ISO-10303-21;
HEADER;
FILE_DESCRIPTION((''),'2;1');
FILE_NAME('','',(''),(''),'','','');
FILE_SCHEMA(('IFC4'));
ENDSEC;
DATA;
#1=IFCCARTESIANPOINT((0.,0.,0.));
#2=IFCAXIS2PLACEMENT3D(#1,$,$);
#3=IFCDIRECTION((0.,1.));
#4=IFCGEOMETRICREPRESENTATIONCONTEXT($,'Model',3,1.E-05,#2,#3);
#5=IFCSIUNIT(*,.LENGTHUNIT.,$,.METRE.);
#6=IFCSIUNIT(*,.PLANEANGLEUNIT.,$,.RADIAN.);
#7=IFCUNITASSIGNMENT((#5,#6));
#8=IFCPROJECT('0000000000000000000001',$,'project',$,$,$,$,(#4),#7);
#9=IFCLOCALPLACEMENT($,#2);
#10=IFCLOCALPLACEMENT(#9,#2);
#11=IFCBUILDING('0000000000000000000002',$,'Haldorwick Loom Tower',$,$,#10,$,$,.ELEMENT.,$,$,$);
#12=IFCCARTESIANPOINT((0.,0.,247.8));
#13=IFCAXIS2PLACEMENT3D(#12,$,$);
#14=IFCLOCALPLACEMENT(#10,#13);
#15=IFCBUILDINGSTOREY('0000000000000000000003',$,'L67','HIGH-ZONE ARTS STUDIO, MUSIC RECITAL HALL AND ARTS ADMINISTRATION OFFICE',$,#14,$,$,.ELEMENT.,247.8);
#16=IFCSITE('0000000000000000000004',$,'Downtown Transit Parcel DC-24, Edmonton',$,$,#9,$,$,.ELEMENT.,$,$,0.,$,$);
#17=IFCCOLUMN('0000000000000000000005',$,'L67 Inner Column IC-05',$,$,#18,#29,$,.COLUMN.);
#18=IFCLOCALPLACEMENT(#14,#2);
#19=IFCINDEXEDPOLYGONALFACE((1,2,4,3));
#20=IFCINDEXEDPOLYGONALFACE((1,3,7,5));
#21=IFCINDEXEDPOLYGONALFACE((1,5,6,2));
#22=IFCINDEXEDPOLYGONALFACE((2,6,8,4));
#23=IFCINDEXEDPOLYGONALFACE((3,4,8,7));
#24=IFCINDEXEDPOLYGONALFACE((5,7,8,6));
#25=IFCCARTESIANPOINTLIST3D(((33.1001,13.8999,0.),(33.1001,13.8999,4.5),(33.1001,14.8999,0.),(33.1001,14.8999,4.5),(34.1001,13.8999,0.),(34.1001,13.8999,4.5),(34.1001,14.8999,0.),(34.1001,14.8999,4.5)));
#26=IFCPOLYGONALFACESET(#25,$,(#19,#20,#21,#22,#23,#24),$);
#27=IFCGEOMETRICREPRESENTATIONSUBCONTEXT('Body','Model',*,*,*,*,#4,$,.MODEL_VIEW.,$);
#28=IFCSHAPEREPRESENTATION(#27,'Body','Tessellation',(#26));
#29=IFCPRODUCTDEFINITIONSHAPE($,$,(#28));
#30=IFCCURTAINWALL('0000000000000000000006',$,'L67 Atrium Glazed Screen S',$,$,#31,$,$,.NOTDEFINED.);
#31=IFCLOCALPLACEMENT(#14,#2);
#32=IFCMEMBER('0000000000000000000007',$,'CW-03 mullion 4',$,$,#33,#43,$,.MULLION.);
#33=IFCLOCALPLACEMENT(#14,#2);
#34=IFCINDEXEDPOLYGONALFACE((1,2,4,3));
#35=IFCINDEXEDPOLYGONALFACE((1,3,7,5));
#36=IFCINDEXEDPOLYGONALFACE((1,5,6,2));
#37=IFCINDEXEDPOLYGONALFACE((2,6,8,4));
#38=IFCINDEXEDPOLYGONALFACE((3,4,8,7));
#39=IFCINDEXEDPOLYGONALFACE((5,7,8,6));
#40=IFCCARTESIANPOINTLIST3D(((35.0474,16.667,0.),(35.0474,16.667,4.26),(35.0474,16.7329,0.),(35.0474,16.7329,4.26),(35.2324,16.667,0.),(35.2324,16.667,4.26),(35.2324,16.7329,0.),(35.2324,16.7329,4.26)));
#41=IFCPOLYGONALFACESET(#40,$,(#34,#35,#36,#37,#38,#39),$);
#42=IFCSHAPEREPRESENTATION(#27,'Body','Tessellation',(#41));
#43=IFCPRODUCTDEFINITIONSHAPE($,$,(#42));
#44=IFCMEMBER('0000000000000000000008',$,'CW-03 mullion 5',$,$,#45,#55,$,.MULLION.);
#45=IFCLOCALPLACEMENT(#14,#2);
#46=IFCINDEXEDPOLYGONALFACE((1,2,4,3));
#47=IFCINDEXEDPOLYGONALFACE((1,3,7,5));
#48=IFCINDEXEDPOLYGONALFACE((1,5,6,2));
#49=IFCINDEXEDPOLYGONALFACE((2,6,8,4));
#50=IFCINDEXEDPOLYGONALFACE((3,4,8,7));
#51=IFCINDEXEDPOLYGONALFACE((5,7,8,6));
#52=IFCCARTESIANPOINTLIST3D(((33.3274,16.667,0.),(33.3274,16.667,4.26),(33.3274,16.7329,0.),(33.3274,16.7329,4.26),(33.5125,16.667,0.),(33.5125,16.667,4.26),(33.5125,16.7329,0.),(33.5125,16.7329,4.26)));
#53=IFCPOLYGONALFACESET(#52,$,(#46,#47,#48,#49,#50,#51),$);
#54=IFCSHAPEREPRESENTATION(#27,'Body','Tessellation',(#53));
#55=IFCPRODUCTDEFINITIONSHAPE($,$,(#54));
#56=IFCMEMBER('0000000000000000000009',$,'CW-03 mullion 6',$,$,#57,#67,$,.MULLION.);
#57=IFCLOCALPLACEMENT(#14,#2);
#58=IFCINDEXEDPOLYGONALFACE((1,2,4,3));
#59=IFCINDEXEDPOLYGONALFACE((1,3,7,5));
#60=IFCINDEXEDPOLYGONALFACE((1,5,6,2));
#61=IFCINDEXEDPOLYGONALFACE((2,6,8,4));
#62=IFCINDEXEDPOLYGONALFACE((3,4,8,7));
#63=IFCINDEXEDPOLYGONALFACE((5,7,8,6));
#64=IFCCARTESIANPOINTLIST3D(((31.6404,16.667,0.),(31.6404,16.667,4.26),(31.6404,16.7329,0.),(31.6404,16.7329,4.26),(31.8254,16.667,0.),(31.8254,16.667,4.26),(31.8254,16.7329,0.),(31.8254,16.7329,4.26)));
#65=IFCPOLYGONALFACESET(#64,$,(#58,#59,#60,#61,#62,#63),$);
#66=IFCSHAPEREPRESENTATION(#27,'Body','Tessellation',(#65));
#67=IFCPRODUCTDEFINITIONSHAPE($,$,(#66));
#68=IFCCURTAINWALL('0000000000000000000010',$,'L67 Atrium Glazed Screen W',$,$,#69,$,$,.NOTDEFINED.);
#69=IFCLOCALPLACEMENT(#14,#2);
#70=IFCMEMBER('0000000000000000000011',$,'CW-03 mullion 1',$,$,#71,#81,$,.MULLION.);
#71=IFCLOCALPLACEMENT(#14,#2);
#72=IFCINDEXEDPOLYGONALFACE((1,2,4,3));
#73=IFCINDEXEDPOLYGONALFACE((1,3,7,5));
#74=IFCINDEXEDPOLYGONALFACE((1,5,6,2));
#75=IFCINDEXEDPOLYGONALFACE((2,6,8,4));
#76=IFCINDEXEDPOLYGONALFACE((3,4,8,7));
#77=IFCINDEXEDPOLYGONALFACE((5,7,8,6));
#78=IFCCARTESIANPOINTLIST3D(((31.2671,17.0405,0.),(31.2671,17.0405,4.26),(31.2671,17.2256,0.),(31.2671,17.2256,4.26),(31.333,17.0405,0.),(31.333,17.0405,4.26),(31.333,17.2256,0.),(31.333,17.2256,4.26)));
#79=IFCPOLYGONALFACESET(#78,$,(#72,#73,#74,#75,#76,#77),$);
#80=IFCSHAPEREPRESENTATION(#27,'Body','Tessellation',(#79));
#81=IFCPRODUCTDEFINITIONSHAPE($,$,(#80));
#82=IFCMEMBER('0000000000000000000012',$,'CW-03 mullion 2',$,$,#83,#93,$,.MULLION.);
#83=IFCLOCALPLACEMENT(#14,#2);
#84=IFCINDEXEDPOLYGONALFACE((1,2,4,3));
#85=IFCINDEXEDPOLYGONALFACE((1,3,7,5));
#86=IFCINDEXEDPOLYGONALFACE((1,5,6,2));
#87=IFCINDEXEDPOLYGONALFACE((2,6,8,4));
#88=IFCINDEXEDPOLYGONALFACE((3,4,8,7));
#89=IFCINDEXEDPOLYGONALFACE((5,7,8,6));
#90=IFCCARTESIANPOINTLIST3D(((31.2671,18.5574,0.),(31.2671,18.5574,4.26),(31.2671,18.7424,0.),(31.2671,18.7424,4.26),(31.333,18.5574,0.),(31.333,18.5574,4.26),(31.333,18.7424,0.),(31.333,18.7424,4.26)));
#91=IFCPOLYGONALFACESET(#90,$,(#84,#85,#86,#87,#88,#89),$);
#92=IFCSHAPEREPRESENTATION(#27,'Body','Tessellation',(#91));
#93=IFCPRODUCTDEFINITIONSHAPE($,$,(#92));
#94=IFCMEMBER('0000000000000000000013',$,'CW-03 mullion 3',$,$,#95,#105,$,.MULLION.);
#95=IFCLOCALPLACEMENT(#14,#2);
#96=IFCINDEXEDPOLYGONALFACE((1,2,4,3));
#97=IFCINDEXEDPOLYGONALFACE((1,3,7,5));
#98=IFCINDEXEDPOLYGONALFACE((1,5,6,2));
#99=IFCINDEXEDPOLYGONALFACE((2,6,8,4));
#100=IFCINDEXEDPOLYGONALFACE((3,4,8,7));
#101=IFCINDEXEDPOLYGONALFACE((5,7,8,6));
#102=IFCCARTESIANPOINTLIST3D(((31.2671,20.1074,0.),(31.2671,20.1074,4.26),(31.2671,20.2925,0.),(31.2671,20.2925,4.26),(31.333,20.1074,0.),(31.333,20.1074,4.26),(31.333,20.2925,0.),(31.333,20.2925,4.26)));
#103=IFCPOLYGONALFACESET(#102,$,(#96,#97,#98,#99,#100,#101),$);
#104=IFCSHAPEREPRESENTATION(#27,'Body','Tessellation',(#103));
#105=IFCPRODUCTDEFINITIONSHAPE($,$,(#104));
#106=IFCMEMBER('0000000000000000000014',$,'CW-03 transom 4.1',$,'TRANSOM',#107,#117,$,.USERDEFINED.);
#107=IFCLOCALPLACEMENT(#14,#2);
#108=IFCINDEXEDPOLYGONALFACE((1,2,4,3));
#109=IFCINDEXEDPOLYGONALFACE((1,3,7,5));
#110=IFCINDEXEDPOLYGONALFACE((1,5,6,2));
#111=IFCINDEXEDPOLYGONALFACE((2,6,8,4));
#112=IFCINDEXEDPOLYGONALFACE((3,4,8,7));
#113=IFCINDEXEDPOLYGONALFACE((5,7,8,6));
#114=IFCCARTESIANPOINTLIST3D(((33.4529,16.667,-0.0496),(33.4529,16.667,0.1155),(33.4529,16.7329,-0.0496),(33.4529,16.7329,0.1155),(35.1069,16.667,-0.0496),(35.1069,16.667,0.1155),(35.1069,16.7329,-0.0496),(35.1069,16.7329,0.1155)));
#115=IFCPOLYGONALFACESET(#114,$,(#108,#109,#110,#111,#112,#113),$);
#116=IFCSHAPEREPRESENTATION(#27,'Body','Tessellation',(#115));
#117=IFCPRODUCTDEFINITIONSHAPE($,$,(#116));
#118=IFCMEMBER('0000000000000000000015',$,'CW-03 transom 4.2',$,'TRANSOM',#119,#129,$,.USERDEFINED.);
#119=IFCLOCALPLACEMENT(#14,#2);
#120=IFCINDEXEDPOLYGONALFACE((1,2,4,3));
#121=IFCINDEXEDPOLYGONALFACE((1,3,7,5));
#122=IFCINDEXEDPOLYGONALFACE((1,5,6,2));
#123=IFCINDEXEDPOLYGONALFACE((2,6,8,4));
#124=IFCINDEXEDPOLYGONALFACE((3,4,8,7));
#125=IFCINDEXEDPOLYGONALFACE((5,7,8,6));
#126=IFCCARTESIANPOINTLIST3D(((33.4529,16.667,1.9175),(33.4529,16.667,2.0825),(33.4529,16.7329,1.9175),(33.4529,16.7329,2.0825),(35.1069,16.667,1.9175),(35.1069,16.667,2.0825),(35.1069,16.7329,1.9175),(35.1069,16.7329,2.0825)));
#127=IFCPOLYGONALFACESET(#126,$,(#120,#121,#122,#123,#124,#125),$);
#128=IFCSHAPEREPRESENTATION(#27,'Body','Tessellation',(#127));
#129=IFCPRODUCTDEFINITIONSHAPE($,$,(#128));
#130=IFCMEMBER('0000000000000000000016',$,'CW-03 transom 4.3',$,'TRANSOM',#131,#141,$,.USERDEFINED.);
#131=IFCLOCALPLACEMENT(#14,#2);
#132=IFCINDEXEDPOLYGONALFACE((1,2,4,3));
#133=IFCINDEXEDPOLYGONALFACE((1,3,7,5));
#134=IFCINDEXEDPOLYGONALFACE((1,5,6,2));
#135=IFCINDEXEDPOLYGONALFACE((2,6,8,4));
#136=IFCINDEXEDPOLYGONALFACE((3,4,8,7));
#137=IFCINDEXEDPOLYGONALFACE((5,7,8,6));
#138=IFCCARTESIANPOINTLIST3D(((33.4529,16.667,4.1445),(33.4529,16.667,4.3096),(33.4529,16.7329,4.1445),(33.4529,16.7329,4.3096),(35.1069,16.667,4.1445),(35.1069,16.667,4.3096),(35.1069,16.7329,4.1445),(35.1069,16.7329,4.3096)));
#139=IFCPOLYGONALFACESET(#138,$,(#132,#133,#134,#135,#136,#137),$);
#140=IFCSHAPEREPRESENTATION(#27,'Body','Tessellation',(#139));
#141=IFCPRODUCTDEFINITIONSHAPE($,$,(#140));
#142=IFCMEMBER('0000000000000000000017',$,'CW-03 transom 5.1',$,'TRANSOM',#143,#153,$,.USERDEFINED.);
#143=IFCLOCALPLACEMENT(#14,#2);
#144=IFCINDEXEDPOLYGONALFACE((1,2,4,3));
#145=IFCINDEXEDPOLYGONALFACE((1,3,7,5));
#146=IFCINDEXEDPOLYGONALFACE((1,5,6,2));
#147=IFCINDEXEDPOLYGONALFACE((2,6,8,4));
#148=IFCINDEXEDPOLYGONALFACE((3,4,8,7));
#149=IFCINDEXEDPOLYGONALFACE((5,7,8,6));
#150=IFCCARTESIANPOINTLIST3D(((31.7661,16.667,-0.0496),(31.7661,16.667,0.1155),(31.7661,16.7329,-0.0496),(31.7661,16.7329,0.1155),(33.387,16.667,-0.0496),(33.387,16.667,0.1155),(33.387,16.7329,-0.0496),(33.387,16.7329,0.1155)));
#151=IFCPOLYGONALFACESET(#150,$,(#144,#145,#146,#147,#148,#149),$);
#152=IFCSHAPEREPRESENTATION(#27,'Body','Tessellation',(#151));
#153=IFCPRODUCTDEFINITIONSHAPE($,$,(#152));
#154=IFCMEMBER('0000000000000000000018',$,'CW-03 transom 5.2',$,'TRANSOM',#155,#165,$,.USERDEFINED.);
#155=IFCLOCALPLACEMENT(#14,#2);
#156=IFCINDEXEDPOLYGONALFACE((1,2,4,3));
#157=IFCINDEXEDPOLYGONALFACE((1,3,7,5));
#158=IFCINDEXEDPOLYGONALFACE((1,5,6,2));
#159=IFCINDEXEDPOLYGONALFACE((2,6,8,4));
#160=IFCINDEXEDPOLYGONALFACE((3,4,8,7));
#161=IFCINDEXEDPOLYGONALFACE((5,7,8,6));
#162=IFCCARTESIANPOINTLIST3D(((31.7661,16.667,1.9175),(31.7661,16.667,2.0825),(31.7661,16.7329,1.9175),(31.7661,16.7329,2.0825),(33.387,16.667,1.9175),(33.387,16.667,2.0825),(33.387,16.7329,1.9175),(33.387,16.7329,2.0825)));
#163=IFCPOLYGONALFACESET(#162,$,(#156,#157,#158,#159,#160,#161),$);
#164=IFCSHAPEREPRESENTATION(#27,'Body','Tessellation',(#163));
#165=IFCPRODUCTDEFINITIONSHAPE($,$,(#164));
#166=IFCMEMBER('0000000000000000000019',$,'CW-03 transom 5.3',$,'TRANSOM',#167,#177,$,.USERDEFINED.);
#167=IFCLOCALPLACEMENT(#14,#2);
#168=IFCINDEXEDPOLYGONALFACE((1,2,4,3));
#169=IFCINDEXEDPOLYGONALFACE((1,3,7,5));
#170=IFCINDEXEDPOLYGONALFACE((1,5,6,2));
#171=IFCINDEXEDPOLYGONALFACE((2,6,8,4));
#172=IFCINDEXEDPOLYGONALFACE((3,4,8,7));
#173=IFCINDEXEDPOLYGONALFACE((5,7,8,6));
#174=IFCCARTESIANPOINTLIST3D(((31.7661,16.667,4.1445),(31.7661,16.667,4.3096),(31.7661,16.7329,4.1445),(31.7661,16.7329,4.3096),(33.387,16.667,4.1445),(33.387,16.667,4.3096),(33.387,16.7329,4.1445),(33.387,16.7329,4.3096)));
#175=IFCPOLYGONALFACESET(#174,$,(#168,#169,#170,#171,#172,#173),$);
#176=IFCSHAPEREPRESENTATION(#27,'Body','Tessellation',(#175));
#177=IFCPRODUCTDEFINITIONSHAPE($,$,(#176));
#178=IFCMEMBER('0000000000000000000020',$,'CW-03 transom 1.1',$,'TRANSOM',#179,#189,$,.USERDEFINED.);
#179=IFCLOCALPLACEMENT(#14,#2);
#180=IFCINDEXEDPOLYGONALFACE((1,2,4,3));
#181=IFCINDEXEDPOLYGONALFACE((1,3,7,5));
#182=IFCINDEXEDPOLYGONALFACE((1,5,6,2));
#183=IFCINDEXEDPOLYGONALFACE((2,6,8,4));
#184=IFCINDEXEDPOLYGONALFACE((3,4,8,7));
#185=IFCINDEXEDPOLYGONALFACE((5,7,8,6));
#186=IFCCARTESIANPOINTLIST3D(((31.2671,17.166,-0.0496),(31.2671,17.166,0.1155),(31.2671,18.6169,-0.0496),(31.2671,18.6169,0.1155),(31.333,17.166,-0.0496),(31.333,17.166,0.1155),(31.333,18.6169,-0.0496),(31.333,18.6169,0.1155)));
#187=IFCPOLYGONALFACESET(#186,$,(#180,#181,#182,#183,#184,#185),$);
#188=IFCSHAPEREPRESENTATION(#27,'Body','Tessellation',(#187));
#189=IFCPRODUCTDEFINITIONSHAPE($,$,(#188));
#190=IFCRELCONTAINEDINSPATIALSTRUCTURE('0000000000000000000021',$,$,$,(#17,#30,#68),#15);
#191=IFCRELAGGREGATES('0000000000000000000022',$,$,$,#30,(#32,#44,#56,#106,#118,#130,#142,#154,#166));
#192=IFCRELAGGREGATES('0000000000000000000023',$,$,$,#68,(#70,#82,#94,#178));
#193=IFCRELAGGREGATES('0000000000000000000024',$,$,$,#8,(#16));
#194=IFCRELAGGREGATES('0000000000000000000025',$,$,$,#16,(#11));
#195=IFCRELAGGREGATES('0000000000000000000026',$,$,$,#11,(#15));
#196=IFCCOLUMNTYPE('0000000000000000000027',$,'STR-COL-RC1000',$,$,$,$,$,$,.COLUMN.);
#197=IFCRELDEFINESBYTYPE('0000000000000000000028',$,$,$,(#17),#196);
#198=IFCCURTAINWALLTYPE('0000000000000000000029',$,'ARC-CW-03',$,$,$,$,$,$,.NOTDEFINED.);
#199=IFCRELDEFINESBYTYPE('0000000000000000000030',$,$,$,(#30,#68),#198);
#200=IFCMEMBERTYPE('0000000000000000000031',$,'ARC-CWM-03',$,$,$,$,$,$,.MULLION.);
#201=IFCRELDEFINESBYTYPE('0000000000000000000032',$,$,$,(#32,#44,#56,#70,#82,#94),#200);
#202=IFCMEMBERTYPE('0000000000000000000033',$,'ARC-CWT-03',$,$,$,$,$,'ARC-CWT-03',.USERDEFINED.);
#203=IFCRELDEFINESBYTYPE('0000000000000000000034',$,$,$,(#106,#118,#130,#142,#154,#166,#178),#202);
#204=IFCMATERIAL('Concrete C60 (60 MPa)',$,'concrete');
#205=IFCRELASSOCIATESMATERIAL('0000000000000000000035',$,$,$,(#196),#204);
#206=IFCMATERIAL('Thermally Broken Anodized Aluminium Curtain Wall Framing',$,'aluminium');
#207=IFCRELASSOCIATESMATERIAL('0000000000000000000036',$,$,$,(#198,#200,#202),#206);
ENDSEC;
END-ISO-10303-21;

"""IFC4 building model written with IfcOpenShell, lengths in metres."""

from ifc_helpers import new_model, si_unit, direction, frame, origin, origin_2d, place, context, subcontext, project, spatial, rectangle, extrude, material, material_profile, profile_set, type_object, element, aggregate, save


model = new_model("IFC4")

# Units and contexts
model_context = context("Model", 3, precision=1e-05, world=origin(), true_north=direction((0.0, 1.0)))
body_context = subcontext(model_context, "Body", "Model", "MODEL_VIEW")
ifc_project = project(units=[si_unit("LENGTHUNIT", "METRE"), si_unit("PLANEANGLEUNIT", "RADIAN")], contexts=[model_context])

# Site, building, storey
site_placement = place(None, origin())
site = spatial("IfcSite", under=ifc_project, at=site_placement, Name="Downtown Transit Parcel DC-24, Edmonton", CompositionType="ELEMENT", RefElevation=0.0)
building_placement = place(site_placement, origin())
building = spatial("IfcBuilding", under=site, at=building_placement, Name="Haldorwick Loom Tower", CompositionType="ELEMENT")
storey_placement = place(building_placement, frame((0.0, 0.0, 247.8)))
storey = spatial("IfcBuildingStorey", under=building, at=storey_placement, Name="L67", Description="HIGH-ZONE ARTS STUDIO, MUSIC RECITAL HALL AND ARTS ADMINISTRATION OFFICE", CompositionType="ELEMENT", Elevation=247.8)

# Column
ifc_material_1 = material(Name="Concrete C60 (60 MPa)", Category="concrete")
ifc_material_profile_1 = material_profile(ifc_material_1, rectangle(XDim=1.0, YDim=1.0, at=origin_2d()), Name="RC1000X1000", Category="concrete")
ifc_profile_set_1 = profile_set([ifc_material_profile_1], Name="Concrete C60 (60 MPa)")
column_type = type_object("IfcColumnType", Name="STR-COL-RC1000", PredefinedType="COLUMN", material=ifc_profile_set_1)
column_placement = place(storey_placement, frame((33.6001, 14.3999, 0.0), z_axis=(0.0, 0.0, 1.0), x_axis=(1.0, 0.0, 0.0)))
element("IfcColumn", 1, at=column_placement, inside=storey, type_object=column_type, Name="L67 Inner Column IC-05", PredefinedType="COLUMN", context=body_context, shape_type="SweptSolid", body=[
    extrude(rectangle(XDim=1.0, YDim=1.0, at=origin_2d()), origin(), (0.0, 0.0, 1.0), 4.5),
])

# Curtain walls, members
ifc_material_2 = material(Name="Thermally Broken Anodized Aluminium Curtain Wall Framing", Category="aluminium")
curtain_wall_type = type_object("IfcCurtainWallType", Name="ARC-CW-03", PredefinedType="NOTDEFINED", material=ifc_material_2)
curtain_wall_1_placement = place(storey_placement, origin())
curtain_wall_1 = element("IfcCurtainWall", 2, at=curtain_wall_1_placement, inside=storey, type_object=curtain_wall_type, Name="L67 Atrium Glazed Screen S", PredefinedType="NOTDEFINED")
ifc_material_profile_2 = material_profile(ifc_material_2, rectangle(XDim=0.0659, YDim=0.1851, at=origin_2d()), Name="ALU_MUL_66X185", Category="aluminium")
ifc_profile_set_2 = profile_set([ifc_material_profile_2], Name="Thermally Broken Anodized Aluminium Curtain Wall Framing")
member_type_1 = type_object("IfcMemberType", Name="ARC-CWM-03", PredefinedType="MULLION", material=ifc_profile_set_2)
member_1_placement = place(storey_placement, frame((35.1399, 16.7, 0.0), z_axis=(0.0, 0.0, 1.0), x_axis=(0.0, -1.0, 0.0)))
member_1 = element("IfcMember", 3, at=member_1_placement, type_object=member_type_1, Name="CW-03 mullion 4", PredefinedType="MULLION", context=body_context, shape_type="SweptSolid", body=[
    extrude(rectangle(XDim=0.0659, YDim=0.1851, at=origin_2d()), origin(), (0.0, 0.0, 1.0), 4.26),
])
member_2_placement = place(storey_placement, frame((33.4199, 16.7, 0.0), z_axis=(0.0, 0.0, 1.0), x_axis=(0.0, -1.0, 0.0)))
member_2 = element("IfcMember", 4, at=member_2_placement, type_object=member_type_1, Name="CW-03 mullion 5", PredefinedType="MULLION", context=body_context, shape_type="SweptSolid", body=[
    extrude(rectangle(XDim=0.0659, YDim=0.1851, at=origin_2d()), origin(), (0.0, 0.0, 1.0), 4.26),
])
member_3_placement = place(storey_placement, frame((31.7329, 16.7, 0.0), z_axis=(0.0, 0.0, 1.0), x_axis=(0.0, -1.0, 0.0)))
member_3 = element("IfcMember", 5, at=member_3_placement, type_object=member_type_1, Name="CW-03 mullion 6", PredefinedType="MULLION", context=body_context, shape_type="SweptSolid", body=[
    extrude(rectangle(XDim=0.0659, YDim=0.1851, at=origin_2d()), origin(), (0.0, 0.0, 1.0), 4.26),
])
curtain_wall_2_placement = place(storey_placement, origin())
curtain_wall_2 = element("IfcCurtainWall", 6, at=curtain_wall_2_placement, inside=storey, type_object=curtain_wall_type, Name="L67 Atrium Glazed Screen W", PredefinedType="NOTDEFINED")
member_4_placement = place(storey_placement, frame((31.3, 17.1331, 0.0), z_axis=(0.0, 0.0, 1.0), x_axis=(-1.0, 0.0, 0.0)))
member_4 = element("IfcMember", 7, at=member_4_placement, type_object=member_type_1, Name="CW-03 mullion 1", PredefinedType="MULLION", context=body_context, shape_type="SweptSolid", body=[
    extrude(rectangle(XDim=0.0659, YDim=0.1851, at=origin_2d()), origin(), (0.0, 0.0, 1.0), 4.26),
])
member_5_placement = place(storey_placement, frame((31.3, 18.6499, 0.0), z_axis=(0.0, 0.0, 1.0), x_axis=(-1.0, 0.0, 0.0)))
member_5 = element("IfcMember", 8, at=member_5_placement, type_object=member_type_1, Name="CW-03 mullion 2", PredefinedType="MULLION", context=body_context, shape_type="SweptSolid", body=[
    extrude(rectangle(XDim=0.0659, YDim=0.1851, at=origin_2d()), origin(), (0.0, 0.0, 1.0), 4.26),
])
member_6_placement = place(storey_placement, frame((31.3, 20.2, 0.0), z_axis=(0.0, 0.0, 1.0), x_axis=(-1.0, 0.0, 0.0)))
member_6 = element("IfcMember", 9, at=member_6_placement, type_object=member_type_1, Name="CW-03 mullion 3", PredefinedType="MULLION", context=body_context, shape_type="SweptSolid", body=[
    extrude(rectangle(XDim=0.0659, YDim=0.1851, at=origin_2d()), origin(), (0.0, 0.0, 1.0), 4.26),
])

# Members
ifc_material_profile_3 = material_profile(ifc_material_2, rectangle(XDim=0.0659, YDim=0.165, at=origin_2d()), Name="ALU_TRN_66X165", Category="aluminium")
ifc_profile_set_3 = profile_set([ifc_material_profile_3], Name="Thermally Broken Anodized Aluminium Curtain Wall Framing")
member_type_2 = type_object("IfcMemberType", Name="ARC-CWT-03", ElementType="ARC-CWT-03", PredefinedType="USERDEFINED", material=ifc_profile_set_3)
member_7_placement = place(storey_placement, frame((35.1069, 16.7, 0.033), z_axis=(-1.0, 0.0, 0.0), x_axis=(0.0, -1.0, 0.0)))
member_7 = element("IfcMember", 10, at=member_7_placement, type_object=member_type_2, Name="CW-03 transom 4.1", ObjectType="TRANSOM", PredefinedType="USERDEFINED", context=body_context, shape_type="SweptSolid", body=[
    extrude(rectangle(XDim=0.0659, YDim=0.165, at=origin_2d()), origin(), (0.0, 0.0, 1.0), 1.6541),
])
member_8_placement = place(storey_placement, frame((35.1069, 16.7, 2.0), z_axis=(-1.0, 0.0, 0.0), x_axis=(0.0, -1.0, 0.0)))
member_8 = element("IfcMember", 11, at=member_8_placement, type_object=member_type_2, Name="CW-03 transom 4.2", ObjectType="TRANSOM", PredefinedType="USERDEFINED", context=body_context, shape_type="SweptSolid", body=[
    extrude(rectangle(XDim=0.0659, YDim=0.165, at=origin_2d()), origin(), (0.0, 0.0, 1.0), 1.6541),
])
member_9_placement = place(storey_placement, frame((35.1069, 16.7, 4.2271), z_axis=(-1.0, 0.0, 0.0), x_axis=(0.0, -1.0, 0.0)))
member_9 = element("IfcMember", 12, at=member_9_placement, type_object=member_type_2, Name="CW-03 transom 4.3", ObjectType="TRANSOM", PredefinedType="USERDEFINED", context=body_context, shape_type="SweptSolid", body=[
    extrude(rectangle(XDim=0.0659, YDim=0.165, at=origin_2d()), origin(), (0.0, 0.0, 1.0), 1.6541),
])
member_10_placement = place(storey_placement, frame((33.387, 16.7, 0.033), z_axis=(-1.0, 0.0, 0.0), x_axis=(0.0, -1.0, 0.0)))
member_10 = element("IfcMember", 13, at=member_10_placement, type_object=member_type_2, Name="CW-03 transom 5.1", ObjectType="TRANSOM", PredefinedType="USERDEFINED", context=body_context, shape_type="SweptSolid", body=[
    extrude(rectangle(XDim=0.0659, YDim=0.165, at=origin_2d()), origin(), (0.0, 0.0, 1.0), 1.6208),
])
member_11_placement = place(storey_placement, frame((33.387, 16.7, 2.0), z_axis=(-1.0, 0.0, 0.0), x_axis=(0.0, -1.0, 0.0)))
member_11 = element("IfcMember", 14, at=member_11_placement, type_object=member_type_2, Name="CW-03 transom 5.2", ObjectType="TRANSOM", PredefinedType="USERDEFINED", context=body_context, shape_type="SweptSolid", body=[
    extrude(rectangle(XDim=0.0659, YDim=0.165, at=origin_2d()), origin(), (0.0, 0.0, 1.0), 1.6208),
])
member_12_placement = place(storey_placement, frame((33.387, 16.7, 4.2271), z_axis=(-1.0, 0.0, 0.0), x_axis=(0.0, -1.0, 0.0)))
member_12 = element("IfcMember", 15, at=member_12_placement, type_object=member_type_2, Name="CW-03 transom 5.3", ObjectType="TRANSOM", PredefinedType="USERDEFINED", context=body_context, shape_type="SweptSolid", body=[
    extrude(rectangle(XDim=0.0659, YDim=0.165, at=origin_2d()), origin(), (0.0, 0.0, 1.0), 1.6208),
])
member_13_placement = place(storey_placement, frame((31.3, 17.166, 0.033), z_axis=(0.0, 1.0, 0.0), x_axis=(-1.0, 0.0, 0.0)))
member_13 = element("IfcMember", 16, at=member_13_placement, type_object=member_type_2, Name="CW-03 transom 1.1", ObjectType="TRANSOM", PredefinedType="USERDEFINED", context=body_context, shape_type="SweptSolid", body=[
    extrude(rectangle(XDim=0.0659, YDim=0.165, at=origin_2d()), origin(), (0.0, 0.0, 1.0), 1.4509),
])

aggregate(curtain_wall_1, [member_1, member_2, member_3, member_7, member_8, member_9, member_10, member_11, member_12])
aggregate(curtain_wall_2, [member_4, member_5, member_6, member_13])

save(model, "model.ifc")
